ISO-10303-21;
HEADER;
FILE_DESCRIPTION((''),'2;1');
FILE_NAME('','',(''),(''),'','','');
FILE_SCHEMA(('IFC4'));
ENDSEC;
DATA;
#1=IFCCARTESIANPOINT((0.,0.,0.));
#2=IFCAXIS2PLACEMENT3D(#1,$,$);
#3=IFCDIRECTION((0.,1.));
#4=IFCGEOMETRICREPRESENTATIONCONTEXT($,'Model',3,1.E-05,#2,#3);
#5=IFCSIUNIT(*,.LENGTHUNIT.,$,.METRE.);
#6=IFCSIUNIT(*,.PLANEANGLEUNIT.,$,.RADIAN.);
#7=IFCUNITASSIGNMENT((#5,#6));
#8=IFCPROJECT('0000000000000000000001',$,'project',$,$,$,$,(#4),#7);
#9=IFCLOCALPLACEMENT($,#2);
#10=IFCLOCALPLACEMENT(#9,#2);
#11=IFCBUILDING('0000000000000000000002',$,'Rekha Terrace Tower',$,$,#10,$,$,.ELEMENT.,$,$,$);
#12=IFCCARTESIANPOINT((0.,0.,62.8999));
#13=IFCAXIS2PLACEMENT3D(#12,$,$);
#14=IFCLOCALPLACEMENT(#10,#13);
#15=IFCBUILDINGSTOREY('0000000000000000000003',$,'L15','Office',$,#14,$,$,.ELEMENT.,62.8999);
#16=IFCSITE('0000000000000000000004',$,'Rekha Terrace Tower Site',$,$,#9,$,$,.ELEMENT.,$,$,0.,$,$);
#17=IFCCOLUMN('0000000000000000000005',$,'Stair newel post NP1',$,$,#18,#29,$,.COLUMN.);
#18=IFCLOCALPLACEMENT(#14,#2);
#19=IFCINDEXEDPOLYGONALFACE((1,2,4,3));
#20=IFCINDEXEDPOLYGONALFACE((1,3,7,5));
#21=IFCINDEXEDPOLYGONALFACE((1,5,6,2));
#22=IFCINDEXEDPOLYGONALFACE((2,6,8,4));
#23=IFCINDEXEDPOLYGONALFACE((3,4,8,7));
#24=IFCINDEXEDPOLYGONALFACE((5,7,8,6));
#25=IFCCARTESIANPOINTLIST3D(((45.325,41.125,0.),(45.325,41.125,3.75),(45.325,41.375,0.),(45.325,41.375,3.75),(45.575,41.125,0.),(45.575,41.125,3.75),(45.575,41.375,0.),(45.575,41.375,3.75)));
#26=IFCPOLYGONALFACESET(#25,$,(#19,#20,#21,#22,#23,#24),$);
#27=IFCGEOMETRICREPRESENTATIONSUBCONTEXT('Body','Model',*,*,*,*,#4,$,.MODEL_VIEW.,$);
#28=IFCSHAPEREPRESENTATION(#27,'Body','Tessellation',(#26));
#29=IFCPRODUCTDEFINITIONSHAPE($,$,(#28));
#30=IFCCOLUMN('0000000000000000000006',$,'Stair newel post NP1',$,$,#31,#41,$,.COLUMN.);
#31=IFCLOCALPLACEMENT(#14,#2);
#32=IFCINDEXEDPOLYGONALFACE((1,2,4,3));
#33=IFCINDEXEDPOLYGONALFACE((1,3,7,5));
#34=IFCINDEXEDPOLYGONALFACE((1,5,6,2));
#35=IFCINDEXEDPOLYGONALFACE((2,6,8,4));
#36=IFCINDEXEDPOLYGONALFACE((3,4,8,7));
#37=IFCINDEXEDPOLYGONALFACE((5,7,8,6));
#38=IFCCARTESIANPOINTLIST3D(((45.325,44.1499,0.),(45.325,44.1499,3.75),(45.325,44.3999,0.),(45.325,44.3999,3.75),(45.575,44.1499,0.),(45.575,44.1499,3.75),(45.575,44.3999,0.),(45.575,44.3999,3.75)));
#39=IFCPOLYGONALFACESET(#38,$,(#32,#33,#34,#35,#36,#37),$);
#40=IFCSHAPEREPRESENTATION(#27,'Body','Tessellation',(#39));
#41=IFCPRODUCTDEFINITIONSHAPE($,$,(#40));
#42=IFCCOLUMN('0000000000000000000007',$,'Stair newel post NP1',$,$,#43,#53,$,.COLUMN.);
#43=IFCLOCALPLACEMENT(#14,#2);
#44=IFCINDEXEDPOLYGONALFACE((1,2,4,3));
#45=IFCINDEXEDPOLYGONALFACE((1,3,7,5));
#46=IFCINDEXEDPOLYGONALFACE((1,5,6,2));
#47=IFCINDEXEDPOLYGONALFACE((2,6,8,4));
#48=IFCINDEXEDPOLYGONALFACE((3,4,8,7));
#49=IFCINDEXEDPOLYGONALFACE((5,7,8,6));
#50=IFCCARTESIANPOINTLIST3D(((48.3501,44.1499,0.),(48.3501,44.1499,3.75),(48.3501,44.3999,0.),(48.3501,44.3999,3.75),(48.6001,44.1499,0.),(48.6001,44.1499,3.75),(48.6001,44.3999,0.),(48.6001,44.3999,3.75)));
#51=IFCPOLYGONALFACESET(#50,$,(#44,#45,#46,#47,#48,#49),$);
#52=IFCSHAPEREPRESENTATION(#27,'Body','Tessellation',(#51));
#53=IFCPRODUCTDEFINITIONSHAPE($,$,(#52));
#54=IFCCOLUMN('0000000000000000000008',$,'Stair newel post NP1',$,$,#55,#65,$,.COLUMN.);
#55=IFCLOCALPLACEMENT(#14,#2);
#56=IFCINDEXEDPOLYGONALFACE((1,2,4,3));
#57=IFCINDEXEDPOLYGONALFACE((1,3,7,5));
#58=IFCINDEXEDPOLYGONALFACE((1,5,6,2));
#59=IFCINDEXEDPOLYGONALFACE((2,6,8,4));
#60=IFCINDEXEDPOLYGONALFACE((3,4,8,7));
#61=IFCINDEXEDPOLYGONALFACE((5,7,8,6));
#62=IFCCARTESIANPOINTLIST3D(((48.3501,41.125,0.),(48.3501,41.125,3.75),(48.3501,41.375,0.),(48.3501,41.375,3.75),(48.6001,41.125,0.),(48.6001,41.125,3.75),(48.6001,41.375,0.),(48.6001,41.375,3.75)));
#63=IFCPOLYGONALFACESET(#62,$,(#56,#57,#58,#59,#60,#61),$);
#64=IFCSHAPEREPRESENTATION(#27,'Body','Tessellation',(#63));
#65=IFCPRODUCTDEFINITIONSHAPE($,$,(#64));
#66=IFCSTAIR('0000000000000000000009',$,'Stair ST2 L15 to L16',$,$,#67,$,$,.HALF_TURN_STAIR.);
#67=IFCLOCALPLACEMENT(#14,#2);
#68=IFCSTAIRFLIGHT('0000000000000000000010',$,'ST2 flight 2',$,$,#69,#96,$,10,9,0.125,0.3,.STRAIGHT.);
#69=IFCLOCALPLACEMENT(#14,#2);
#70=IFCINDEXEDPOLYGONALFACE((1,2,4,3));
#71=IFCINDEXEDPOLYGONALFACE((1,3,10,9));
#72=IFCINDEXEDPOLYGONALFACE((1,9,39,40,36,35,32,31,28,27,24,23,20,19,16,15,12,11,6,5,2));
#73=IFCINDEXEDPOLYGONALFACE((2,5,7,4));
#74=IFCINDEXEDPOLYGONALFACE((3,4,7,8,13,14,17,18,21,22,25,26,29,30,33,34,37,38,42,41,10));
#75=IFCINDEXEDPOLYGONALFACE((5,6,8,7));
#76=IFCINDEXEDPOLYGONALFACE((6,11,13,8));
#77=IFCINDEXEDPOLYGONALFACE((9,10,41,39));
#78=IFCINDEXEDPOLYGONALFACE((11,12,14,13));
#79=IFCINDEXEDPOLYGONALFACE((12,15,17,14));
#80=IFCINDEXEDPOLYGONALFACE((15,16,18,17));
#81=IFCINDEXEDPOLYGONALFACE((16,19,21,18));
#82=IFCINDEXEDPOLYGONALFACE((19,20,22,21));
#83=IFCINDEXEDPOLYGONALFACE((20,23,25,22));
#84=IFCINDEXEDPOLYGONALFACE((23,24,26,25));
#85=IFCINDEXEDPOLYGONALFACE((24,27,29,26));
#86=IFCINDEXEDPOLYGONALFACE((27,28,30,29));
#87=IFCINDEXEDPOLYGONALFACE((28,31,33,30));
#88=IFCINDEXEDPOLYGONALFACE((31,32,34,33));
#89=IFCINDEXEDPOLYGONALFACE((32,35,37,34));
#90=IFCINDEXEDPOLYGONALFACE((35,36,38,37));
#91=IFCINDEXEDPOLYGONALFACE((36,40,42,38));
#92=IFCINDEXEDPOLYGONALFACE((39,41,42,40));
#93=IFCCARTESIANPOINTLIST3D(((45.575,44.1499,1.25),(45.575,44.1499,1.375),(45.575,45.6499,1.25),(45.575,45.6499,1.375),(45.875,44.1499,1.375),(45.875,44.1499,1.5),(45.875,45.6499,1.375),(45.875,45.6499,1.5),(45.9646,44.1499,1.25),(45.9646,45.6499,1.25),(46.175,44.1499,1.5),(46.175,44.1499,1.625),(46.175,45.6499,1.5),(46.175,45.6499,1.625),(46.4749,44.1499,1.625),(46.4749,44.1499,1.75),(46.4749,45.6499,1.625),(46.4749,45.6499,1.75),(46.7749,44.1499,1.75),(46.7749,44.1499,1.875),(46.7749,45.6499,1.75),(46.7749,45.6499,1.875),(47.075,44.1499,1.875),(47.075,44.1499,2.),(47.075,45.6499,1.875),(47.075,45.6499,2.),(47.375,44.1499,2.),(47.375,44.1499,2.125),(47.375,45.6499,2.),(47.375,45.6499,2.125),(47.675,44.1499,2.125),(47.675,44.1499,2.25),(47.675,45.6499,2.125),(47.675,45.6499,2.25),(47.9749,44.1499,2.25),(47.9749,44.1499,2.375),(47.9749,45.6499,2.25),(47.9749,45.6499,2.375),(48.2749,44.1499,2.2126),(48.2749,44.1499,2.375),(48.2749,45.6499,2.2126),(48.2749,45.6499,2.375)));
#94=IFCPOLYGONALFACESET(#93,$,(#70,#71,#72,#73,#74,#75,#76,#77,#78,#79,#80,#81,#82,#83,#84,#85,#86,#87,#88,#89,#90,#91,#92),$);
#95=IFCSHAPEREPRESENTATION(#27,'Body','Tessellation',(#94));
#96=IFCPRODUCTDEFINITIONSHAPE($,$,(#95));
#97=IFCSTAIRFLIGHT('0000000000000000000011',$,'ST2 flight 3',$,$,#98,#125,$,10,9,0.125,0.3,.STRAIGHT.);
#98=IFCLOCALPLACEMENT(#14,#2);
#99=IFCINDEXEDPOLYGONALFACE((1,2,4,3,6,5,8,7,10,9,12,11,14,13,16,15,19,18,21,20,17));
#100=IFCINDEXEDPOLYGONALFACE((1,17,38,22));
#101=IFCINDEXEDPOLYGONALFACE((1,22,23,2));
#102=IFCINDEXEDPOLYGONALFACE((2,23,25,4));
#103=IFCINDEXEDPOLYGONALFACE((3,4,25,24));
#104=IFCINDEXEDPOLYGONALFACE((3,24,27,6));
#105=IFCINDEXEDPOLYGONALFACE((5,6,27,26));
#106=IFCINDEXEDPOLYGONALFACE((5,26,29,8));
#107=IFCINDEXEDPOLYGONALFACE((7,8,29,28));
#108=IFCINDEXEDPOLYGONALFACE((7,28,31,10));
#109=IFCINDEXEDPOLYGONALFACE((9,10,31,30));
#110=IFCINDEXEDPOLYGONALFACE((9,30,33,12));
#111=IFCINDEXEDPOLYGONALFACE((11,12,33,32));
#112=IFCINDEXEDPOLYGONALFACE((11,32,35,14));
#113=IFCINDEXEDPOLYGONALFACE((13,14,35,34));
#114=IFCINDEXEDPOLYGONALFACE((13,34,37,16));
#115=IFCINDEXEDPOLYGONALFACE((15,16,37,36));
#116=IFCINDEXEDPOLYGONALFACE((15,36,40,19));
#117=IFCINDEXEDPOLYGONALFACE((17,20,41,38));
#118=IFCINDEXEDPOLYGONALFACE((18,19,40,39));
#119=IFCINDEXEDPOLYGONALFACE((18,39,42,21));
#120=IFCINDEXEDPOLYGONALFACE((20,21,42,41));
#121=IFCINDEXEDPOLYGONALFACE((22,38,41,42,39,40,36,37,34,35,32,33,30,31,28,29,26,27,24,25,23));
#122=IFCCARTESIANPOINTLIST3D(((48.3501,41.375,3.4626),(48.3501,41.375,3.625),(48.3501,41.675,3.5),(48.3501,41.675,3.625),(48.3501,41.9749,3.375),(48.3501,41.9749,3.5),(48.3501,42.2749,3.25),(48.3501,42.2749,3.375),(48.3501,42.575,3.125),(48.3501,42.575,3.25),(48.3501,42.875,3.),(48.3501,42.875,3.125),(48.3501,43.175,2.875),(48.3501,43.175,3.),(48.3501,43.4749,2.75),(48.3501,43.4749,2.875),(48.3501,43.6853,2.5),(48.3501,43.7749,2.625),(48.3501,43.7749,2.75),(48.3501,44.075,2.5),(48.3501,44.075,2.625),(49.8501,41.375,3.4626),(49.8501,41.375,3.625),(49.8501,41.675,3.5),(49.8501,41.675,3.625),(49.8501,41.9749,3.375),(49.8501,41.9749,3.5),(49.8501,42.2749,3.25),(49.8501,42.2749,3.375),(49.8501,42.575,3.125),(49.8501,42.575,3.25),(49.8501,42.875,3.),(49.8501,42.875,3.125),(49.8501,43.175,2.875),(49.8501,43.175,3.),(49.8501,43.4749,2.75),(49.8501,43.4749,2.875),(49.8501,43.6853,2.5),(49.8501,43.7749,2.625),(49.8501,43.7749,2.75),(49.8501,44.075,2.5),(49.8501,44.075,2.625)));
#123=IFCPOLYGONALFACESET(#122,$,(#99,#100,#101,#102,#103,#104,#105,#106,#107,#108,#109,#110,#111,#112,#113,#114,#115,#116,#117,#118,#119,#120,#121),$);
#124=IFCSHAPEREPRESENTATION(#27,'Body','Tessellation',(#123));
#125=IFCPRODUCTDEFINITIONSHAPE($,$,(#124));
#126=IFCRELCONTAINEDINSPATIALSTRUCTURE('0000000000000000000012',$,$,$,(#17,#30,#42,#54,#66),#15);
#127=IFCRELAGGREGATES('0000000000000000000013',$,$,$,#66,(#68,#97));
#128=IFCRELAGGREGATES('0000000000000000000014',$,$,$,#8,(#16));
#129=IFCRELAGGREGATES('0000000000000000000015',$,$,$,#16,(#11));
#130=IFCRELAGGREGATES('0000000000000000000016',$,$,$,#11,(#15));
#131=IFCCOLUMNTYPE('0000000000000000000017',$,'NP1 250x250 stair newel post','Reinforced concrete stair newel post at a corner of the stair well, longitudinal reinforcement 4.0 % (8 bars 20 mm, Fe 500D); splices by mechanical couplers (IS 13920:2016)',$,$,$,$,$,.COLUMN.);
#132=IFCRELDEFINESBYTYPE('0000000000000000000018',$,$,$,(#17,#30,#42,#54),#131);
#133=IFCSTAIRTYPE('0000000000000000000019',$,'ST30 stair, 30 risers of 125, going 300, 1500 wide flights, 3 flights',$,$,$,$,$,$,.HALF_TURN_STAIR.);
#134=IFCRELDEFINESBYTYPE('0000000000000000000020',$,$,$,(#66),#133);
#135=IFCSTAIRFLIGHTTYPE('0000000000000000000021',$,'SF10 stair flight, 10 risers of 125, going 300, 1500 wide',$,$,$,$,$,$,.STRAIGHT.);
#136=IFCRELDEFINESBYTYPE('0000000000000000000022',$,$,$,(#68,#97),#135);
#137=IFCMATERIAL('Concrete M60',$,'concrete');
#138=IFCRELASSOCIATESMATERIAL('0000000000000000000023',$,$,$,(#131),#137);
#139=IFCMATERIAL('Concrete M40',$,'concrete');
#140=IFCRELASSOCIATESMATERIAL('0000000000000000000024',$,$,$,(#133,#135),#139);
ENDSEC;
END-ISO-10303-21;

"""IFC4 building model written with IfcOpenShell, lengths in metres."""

from ifc_helpers import new_model, si_unit, direction, frame, origin, origin_2d, place, context, subcontext, project, spatial, polyline, rectangle, outline, extrude, material, material_profile, profile_set, type_object, element, aggregate, save


model = new_model("IFC4")

# Units and contexts
model_context = context("Model", 3, precision=1e-05, world=origin(), true_north=direction((0.0, 1.0)))
body_context = subcontext(model_context, "Body", "Model", "MODEL_VIEW")
ifc_project = project(units=[si_unit("LENGTHUNIT", "METRE"), si_unit("PLANEANGLEUNIT", "RADIAN")], contexts=[model_context])

# Site, building, storey
site_placement = place(None, origin())
site = spatial("IfcSite", under=ifc_project, at=site_placement, Name="Rekha Terrace Tower Site", CompositionType="ELEMENT", RefElevation=0.0)
building_placement = place(site_placement, origin())
building = spatial("IfcBuilding", under=site, at=building_placement, Name="Rekha Terrace Tower", CompositionType="ELEMENT")
storey_placement = place(building_placement, frame((0.0, 0.0, 62.8999)))
storey = spatial("IfcBuildingStorey", under=building, at=storey_placement, Name="L15", Description="Office", CompositionType="ELEMENT", Elevation=62.8999)

# Columns
ifc_material_1 = material(Name="Concrete M60", Category="concrete")
ifc_material_profile = material_profile(ifc_material_1, rectangle(XDim=0.25, YDim=0.25, at=origin_2d()), Name="RC 250x250")
ifc_profile_set = profile_set([ifc_material_profile], Name="Concrete M60")
column_type = type_object("IfcColumnType", Name="NP1 250x250 stair newel post", Description="Reinforced concrete stair newel post at a corner of the stair well, longitudinal reinforcement 4.0 % (8 bars 20 mm, Fe 500D); splices by mechanical couplers (IS 13920:2016)", PredefinedType="COLUMN", material=ifc_profile_set)
for number, where, z_axis, x_axis, name in (
    (1, (45.45, 41.25, 0.0), (0.0, 0.0, 1.0), (1.0, 0.0, 0.0), "Stair newel post NP1"),
    (2, (45.45, 44.2749, 0.0), (0.0, 0.0, 1.0), (1.0, 0.0, 0.0), "Stair newel post NP1"),
    (3, (48.4751, 44.2749, 0.0), (0.0, 0.0, 1.0), (1.0, 0.0, 0.0), "Stair newel post NP1"),
    (4, (48.4751, 41.25, 0.0), (0.0, 0.0, 1.0), (1.0, 0.0, 0.0), "Stair newel post NP1"),
):
    element("IfcColumn", number, at=place(storey_placement, frame(where, z_axis=z_axis, x_axis=x_axis)), inside=storey, type_object=column_type, Name=name, PredefinedType="COLUMN", context=body_context, shape_type="SweptSolid", body=[
        extrude(rectangle(XDim=0.25, YDim=0.25, at=origin_2d()), origin(), (0.0, 0.0, 1.0), 3.75),
    ])

# Stair, stair flights
ifc_material_2 = material(Name="Concrete M40", Category="concrete")
stair_type = type_object("IfcStairType", Name="ST30 stair, 30 risers of 125, going 300, 1500 wide flights, 3 flights", PredefinedType="HALF_TURN_STAIR", material=ifc_material_2)
stair_placement = place(storey_placement, origin())
stair = element("IfcStair", 5, at=stair_placement, inside=storey, type_object=stair_type, Name="Stair ST2 L15 to L16", PredefinedType="HALF_TURN_STAIR")
stair_flight_type = type_object("IfcStairFlightType", Name="SF10 stair flight, 10 risers of 125, going 300, 1500 wide", PredefinedType="STRAIGHT", material=ifc_material_2)
stair_flight_1_placement = place(storey_placement, frame((45.575, 44.8999, 1.25), z_axis=(0.0, 0.0, 1.0), x_axis=(1.0, 0.0, 0.0)))
stair_flight_1 = element("IfcStairFlight", 6, at=stair_flight_1_placement, type_object=stair_flight_type, Name="ST2 flight 2", NumberOfRisers=10, NumberOfTreads=9, PredefinedType="STRAIGHT", RiserHeight=0.125, TreadLength=0.3, context=body_context, shape_type="SweptSolid", body=[
    extrude(outline(polyline([(0.0, 0.0), (0.0, 0.125), (0.3, 0.125), (0.3, 0.25), (0.6001, 0.25), (0.6001, 0.375), (0.8999, 0.375), (0.8999, 0.5), (1.2, 0.5), (1.2, 0.625), (1.5, 0.625), (1.5, 0.75), (1.8, 0.75), (1.8, 0.875), (2.1001, 0.875), (2.1001, 1.0), (2.3999, 1.0), (2.3999, 1.125), (2.7, 1.125), (2.7, 1.25), (2.7, 0.9626), (0.3896, 0.0), (0.0, 0.0)])), frame((0.0, 0.75, 0.0), z_axis=(0.0, -1.0, 0.0), x_axis=(1.0, 0.0, 0.0)), (0.0, 0.0, 1.0), 1.5),
])
stair_flight_2_placement = place(storey_placement, frame((49.1001, 44.075, 2.5), z_axis=(0.0, 0.0, 1.0), x_axis=(0.0, -1.0, 0.0)))
stair_flight_2 = element("IfcStairFlight", 7, at=stair_flight_2_placement, type_object=stair_flight_type, Name="ST2 flight 3", NumberOfRisers=10, NumberOfTreads=9, PredefinedType="STRAIGHT", RiserHeight=0.125, TreadLength=0.3, context=body_context, shape_type="SweptSolid", body=[
    extrude(outline(polyline([(0.0, 0.0), (0.0, 0.125), (0.3, 0.125), (0.3, 0.25), (0.6001, 0.25), (0.6001, 0.375), (0.8999, 0.375), (0.8999, 0.5), (1.2, 0.5), (1.2, 0.625), (1.5, 0.625), (1.5, 0.75), (1.8, 0.75), (1.8, 0.875), (2.1001, 0.875), (2.1001, 1.0), (2.3999, 1.0), (2.3999, 1.125), (2.7, 1.125), (2.7, 1.25), (2.7, 0.9626), (0.3896, 0.0), (0.0, 0.0)])), frame((0.0, 0.75, 0.0), z_axis=(0.0, -1.0, 0.0), x_axis=(1.0, 0.0, 0.0)), (0.0, 0.0, 1.0), 1.5),
])
aggregate(stair, [stair_flight_1, stair_flight_2])

save(model, "model.ifc")
